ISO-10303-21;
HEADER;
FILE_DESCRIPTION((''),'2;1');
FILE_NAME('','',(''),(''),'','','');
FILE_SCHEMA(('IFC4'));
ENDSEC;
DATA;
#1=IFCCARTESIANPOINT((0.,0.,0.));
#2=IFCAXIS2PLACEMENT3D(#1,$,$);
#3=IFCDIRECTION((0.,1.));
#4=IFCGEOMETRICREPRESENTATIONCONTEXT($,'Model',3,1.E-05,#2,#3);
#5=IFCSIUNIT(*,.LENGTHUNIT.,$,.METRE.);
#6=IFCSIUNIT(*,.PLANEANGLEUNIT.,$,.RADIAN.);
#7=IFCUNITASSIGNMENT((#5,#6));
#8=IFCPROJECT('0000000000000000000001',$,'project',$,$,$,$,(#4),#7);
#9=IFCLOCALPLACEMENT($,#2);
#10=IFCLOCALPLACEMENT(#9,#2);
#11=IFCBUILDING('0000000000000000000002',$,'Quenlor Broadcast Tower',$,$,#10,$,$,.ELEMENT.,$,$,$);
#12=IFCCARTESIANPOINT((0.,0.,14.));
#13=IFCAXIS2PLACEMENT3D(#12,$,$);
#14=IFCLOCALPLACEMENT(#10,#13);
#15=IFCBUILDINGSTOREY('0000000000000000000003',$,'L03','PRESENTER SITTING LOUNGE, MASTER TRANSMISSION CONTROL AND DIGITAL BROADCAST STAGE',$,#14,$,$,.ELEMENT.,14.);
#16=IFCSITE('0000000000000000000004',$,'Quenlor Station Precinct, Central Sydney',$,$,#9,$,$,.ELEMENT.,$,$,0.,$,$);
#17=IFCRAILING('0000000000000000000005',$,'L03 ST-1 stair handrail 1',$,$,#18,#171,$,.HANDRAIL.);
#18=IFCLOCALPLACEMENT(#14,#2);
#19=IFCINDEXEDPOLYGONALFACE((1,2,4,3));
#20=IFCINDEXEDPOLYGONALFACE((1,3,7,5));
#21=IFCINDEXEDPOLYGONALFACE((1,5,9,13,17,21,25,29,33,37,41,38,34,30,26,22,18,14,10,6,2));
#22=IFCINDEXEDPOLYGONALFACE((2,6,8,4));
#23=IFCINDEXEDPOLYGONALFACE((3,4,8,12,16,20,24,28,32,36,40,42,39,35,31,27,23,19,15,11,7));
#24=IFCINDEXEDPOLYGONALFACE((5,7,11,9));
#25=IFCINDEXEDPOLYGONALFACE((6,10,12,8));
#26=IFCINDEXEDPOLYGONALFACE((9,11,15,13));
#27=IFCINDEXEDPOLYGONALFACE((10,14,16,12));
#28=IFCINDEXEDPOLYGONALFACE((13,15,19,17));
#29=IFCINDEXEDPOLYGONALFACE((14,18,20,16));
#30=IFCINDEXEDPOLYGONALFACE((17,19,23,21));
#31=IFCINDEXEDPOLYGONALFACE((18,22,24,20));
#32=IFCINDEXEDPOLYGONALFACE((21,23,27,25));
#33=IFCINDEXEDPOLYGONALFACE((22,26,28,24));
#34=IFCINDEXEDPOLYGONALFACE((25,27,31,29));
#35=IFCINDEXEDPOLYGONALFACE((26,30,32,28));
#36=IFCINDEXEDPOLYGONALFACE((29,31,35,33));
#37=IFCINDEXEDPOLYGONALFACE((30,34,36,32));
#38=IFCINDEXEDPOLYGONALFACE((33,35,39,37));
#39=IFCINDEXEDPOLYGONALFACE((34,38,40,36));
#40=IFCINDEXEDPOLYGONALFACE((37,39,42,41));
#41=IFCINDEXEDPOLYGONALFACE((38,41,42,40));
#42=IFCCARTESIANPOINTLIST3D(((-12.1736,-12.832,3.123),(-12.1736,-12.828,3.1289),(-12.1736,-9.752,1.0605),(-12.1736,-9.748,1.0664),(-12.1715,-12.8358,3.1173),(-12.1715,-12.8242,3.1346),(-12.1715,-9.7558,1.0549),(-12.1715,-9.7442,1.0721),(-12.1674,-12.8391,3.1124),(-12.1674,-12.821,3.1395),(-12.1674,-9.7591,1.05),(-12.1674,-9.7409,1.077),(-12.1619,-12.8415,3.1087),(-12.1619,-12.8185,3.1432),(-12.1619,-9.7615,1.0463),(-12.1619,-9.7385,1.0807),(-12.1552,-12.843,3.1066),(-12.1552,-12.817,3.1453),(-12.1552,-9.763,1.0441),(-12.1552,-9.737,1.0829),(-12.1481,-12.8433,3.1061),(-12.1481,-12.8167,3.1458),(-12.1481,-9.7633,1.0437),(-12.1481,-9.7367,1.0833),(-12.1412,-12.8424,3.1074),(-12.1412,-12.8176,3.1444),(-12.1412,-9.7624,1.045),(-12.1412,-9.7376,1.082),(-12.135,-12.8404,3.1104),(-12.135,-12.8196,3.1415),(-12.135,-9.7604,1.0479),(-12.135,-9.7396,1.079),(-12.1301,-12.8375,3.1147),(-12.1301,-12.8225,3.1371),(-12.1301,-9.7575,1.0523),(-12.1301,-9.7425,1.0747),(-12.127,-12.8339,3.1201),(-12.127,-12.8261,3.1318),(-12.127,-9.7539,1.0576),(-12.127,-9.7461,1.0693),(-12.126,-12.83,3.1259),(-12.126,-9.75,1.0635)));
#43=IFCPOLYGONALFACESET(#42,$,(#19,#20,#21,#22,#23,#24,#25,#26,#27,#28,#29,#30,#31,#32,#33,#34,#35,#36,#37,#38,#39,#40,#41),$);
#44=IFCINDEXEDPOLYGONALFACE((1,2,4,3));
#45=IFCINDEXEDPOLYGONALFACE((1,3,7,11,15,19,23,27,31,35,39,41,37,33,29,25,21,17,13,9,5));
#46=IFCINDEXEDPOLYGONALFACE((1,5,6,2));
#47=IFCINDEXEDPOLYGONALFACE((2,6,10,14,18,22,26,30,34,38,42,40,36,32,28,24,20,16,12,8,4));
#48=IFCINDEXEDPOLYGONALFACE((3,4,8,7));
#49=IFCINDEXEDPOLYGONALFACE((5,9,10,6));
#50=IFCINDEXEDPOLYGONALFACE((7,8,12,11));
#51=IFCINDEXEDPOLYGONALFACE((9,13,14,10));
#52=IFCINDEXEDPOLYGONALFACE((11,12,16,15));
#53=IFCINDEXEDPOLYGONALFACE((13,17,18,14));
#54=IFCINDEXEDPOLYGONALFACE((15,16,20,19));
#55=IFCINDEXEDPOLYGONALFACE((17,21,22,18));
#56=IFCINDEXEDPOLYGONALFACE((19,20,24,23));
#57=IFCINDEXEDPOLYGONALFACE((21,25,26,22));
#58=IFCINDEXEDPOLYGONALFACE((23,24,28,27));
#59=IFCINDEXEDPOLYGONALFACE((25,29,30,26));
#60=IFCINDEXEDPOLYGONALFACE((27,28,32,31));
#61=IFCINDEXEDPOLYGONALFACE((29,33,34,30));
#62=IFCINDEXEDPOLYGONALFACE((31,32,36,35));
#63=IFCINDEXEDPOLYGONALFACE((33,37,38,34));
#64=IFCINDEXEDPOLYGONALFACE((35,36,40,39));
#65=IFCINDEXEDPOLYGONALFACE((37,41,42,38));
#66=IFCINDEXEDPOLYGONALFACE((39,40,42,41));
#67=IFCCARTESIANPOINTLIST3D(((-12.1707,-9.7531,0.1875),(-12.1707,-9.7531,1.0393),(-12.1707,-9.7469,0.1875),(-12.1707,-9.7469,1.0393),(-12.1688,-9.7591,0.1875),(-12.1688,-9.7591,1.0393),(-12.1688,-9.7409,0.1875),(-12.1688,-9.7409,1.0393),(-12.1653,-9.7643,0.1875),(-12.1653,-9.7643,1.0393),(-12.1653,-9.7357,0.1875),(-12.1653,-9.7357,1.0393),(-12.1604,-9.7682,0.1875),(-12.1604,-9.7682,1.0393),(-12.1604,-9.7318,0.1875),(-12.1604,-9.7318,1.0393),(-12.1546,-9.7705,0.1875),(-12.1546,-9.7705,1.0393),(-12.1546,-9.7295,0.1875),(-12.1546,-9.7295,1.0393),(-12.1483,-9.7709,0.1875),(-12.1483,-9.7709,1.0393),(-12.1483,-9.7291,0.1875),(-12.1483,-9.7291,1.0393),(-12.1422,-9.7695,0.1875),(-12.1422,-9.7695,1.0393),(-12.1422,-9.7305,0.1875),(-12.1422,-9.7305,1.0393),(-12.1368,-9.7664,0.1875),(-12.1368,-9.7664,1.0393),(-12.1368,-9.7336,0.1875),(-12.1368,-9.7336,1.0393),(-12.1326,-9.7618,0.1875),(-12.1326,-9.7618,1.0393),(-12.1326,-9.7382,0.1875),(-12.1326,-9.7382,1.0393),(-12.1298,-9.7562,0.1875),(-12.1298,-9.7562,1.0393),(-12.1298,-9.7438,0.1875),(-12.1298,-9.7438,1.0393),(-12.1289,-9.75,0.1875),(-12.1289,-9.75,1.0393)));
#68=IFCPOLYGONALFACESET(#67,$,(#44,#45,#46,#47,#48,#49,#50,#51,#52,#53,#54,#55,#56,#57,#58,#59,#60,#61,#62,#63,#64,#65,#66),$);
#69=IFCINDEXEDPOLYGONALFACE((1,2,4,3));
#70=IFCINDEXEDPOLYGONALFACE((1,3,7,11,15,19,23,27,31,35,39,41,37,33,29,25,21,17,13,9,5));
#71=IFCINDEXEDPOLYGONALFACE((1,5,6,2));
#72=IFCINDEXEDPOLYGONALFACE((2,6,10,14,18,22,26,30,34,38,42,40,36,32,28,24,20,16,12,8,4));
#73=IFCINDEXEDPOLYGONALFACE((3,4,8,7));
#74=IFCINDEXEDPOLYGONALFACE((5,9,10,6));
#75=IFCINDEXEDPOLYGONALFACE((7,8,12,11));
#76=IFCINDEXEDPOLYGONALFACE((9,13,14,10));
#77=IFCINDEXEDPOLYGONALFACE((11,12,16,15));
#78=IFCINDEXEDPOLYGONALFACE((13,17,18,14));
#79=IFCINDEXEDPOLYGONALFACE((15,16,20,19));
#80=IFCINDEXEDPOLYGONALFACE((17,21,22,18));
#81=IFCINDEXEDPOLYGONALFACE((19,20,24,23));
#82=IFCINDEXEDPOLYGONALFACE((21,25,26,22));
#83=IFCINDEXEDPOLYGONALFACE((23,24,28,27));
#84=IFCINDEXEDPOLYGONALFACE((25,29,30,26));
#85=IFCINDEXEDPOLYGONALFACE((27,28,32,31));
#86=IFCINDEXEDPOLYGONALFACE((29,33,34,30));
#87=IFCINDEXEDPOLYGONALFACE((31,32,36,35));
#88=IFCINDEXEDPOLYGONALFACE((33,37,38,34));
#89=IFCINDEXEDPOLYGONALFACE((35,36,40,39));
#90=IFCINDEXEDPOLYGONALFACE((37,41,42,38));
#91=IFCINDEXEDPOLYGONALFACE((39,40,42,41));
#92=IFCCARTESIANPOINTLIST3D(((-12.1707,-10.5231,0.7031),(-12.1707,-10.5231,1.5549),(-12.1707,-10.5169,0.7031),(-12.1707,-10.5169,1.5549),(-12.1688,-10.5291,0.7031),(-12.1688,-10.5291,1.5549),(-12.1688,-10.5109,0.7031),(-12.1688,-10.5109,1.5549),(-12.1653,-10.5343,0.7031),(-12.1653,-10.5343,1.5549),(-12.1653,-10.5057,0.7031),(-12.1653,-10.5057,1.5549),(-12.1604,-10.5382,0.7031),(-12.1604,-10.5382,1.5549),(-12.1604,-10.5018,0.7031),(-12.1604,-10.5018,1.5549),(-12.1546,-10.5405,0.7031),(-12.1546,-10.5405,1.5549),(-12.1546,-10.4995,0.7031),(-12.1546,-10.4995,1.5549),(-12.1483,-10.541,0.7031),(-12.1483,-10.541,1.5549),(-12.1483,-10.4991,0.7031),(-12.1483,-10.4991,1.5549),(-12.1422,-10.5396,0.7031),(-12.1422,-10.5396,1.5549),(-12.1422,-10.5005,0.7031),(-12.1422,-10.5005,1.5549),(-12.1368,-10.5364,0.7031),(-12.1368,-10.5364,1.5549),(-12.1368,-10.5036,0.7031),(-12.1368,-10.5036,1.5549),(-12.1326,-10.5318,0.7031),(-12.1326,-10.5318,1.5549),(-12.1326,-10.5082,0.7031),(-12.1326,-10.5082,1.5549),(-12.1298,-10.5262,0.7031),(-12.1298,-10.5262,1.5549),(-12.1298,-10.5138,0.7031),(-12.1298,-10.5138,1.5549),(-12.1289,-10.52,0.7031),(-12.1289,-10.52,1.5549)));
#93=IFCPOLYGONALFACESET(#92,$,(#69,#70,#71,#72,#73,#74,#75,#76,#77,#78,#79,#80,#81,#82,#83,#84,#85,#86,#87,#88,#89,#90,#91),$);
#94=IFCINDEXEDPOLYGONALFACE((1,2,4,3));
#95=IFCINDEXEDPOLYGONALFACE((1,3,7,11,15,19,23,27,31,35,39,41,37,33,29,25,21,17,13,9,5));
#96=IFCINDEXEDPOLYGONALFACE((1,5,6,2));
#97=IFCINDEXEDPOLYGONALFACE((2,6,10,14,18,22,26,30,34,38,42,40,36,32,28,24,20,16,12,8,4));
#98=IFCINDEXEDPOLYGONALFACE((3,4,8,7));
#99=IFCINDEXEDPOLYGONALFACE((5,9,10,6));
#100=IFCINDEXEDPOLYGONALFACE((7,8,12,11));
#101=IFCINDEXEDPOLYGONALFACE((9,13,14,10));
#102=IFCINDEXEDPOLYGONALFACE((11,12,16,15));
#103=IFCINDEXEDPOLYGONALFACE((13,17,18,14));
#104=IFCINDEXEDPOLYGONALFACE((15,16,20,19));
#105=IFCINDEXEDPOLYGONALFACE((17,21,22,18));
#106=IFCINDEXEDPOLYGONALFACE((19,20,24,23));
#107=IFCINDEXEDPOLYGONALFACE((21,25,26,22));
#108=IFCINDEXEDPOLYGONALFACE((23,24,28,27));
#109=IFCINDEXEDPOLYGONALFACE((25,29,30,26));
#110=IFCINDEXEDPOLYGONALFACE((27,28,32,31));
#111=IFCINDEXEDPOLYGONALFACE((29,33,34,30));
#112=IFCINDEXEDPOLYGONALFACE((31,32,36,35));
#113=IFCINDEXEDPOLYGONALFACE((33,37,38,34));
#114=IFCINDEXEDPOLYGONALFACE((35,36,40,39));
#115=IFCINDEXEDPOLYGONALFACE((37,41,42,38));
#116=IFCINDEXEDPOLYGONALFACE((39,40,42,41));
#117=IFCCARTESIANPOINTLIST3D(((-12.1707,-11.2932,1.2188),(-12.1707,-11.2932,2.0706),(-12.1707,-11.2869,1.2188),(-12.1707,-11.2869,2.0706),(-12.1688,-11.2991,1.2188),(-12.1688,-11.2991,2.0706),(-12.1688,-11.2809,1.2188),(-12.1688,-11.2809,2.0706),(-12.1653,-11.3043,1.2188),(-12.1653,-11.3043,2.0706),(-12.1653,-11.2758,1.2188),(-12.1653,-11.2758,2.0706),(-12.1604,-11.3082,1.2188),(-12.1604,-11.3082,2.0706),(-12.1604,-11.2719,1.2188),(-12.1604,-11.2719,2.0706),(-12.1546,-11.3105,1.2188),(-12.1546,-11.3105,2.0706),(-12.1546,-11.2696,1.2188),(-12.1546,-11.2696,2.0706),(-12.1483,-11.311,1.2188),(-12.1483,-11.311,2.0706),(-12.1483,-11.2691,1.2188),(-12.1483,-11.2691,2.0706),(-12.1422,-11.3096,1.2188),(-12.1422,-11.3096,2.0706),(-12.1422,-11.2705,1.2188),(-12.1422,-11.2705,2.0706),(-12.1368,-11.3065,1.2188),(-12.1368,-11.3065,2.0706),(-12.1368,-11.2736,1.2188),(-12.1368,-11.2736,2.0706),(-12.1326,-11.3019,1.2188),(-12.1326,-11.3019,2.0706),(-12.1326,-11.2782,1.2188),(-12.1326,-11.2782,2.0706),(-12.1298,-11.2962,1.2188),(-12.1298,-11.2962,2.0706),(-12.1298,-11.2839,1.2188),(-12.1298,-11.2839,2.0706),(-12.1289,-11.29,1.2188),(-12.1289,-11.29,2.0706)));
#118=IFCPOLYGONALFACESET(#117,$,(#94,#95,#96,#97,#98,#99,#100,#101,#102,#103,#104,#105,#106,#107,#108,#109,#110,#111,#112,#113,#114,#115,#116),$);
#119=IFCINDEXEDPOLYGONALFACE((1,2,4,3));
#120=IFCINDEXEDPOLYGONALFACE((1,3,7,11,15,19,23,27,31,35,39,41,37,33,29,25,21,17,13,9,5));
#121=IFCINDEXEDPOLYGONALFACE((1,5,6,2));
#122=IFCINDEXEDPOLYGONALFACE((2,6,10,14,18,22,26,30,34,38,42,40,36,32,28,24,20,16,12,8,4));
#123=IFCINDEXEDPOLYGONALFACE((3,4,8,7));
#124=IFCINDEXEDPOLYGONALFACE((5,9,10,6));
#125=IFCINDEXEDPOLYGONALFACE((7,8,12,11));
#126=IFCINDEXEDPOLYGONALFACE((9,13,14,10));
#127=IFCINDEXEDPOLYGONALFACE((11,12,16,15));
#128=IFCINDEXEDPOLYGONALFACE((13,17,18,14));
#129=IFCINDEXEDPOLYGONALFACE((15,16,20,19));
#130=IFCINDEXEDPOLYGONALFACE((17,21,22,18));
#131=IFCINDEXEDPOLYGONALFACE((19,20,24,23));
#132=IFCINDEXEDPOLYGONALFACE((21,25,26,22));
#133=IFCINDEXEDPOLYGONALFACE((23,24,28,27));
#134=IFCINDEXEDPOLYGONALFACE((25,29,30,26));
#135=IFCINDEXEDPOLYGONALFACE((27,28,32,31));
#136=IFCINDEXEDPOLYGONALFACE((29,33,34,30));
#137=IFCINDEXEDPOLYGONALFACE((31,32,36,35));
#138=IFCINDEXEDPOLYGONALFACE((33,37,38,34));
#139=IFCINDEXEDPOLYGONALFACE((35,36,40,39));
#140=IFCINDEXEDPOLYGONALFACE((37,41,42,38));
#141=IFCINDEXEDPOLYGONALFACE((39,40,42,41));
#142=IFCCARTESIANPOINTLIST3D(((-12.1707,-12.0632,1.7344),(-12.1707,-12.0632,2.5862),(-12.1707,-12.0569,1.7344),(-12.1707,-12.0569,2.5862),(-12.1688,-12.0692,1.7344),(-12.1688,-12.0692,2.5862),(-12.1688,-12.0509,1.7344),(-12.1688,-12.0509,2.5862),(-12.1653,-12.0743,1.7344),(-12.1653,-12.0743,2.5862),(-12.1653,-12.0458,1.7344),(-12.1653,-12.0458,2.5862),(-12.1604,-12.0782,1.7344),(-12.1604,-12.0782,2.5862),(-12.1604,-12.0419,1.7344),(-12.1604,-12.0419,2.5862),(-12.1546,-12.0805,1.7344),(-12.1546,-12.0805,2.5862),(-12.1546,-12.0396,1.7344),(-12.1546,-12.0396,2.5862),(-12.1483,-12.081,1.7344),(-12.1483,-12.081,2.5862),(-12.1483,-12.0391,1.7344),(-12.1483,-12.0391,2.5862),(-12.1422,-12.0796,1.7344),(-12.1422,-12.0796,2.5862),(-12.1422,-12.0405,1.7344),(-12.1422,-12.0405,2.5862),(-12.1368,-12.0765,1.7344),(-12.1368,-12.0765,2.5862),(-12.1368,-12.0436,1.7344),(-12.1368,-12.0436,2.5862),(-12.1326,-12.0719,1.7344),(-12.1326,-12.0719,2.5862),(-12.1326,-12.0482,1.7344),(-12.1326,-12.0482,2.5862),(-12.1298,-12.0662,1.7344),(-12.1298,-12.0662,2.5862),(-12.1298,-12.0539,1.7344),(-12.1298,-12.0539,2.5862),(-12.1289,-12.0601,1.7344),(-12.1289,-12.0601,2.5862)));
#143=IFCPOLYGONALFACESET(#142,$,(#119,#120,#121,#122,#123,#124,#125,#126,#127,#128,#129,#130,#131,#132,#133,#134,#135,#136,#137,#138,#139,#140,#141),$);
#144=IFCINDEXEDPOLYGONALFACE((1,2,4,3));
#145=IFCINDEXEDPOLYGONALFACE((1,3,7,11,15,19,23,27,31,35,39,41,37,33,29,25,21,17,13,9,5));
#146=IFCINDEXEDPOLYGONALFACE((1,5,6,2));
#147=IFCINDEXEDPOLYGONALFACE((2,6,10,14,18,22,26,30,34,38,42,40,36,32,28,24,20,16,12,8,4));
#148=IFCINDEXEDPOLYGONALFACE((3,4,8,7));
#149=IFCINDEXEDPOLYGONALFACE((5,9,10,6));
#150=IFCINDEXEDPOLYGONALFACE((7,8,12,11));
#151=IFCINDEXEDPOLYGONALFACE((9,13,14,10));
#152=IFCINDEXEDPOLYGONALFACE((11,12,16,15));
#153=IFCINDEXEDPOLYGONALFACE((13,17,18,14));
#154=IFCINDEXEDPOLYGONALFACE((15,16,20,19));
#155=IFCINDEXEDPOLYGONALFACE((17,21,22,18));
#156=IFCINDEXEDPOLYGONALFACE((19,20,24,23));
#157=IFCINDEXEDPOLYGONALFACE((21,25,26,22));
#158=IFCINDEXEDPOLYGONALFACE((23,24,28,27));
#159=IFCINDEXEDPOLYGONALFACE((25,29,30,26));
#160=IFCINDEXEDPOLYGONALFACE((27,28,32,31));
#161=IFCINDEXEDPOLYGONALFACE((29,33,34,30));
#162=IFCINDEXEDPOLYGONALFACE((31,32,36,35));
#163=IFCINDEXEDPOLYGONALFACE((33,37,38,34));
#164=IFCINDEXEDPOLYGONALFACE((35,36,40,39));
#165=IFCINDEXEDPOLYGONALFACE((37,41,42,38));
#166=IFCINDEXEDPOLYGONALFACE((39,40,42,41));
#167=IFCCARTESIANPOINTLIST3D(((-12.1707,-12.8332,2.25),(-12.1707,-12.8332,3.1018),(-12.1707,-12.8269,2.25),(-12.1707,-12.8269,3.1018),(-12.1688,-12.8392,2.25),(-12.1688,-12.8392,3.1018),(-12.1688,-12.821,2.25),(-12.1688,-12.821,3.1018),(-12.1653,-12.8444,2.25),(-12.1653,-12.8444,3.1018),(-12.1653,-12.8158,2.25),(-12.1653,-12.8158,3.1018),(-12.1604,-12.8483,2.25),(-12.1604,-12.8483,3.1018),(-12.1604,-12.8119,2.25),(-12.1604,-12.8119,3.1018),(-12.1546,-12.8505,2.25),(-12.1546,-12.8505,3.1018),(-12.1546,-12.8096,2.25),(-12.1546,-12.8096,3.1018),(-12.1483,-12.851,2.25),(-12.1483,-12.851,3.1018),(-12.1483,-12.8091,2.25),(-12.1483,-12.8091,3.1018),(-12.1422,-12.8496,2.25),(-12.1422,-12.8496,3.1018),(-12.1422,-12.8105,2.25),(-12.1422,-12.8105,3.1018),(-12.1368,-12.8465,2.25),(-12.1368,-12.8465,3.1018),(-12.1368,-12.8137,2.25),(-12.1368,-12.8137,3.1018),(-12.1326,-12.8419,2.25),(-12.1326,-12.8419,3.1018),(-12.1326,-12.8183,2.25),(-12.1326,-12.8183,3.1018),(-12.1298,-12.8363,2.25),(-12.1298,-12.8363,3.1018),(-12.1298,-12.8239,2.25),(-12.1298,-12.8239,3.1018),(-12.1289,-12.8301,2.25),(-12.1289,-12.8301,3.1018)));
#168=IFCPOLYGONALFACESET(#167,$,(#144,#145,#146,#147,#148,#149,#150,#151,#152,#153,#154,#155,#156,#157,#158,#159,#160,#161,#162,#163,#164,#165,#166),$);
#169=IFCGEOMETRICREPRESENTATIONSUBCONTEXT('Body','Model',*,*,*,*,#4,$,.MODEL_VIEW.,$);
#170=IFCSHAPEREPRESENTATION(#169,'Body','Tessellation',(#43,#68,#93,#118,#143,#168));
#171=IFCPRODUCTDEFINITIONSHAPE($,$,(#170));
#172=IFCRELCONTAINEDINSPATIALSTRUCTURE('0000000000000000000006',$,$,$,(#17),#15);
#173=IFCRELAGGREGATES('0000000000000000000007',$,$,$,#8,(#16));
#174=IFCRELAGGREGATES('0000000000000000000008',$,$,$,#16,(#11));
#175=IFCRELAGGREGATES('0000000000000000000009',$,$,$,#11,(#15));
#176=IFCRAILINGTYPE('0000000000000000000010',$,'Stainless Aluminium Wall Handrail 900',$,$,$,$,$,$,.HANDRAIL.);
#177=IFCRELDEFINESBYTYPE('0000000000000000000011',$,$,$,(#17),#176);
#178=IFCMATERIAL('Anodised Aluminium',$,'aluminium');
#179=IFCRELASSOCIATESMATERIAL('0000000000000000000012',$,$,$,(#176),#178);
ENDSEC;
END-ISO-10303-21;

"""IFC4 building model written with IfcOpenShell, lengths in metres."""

from ifc_helpers import new_model, si_unit, direction, frame, origin, origin_2d, place, context, subcontext, project, spatial, circle, extrude, material, type_object, element, save


model = new_model("IFC4")

# Units and contexts
model_context = context("Model", 3, precision=1e-05, world=origin(), true_north=direction((0.0, 1.0)))
body_context = subcontext(model_context, "Body", "Model", "MODEL_VIEW")
ifc_project = project(units=[si_unit("LENGTHUNIT", "METRE"), si_unit("PLANEANGLEUNIT", "RADIAN")], contexts=[model_context])

# Site, building, storey
site_placement = place(None, origin())
site = spatial("IfcSite", under=ifc_project, at=site_placement, Name="Quenlor Station Precinct, Central Sydney", CompositionType="ELEMENT", RefElevation=0.0)
building_placement = place(site_placement, origin())
building = spatial("IfcBuilding", under=site, at=building_placement, Name="Quenlor Broadcast Tower", CompositionType="ELEMENT")
storey_placement = place(building_placement, frame((0.0, 0.0, 14.0)))
storey = spatial("IfcBuildingStorey", under=building, at=storey_placement, Name="L03", Description="PRESENTER SITTING LOUNGE, MASTER TRANSMISSION CONTROL AND DIGITAL BROADCAST STAGE", CompositionType="ELEMENT", Elevation=14.0)

# Railing
ifc_material_1 = material(Name="Anodised Aluminium", Category="aluminium")
railing_type_1 = type_object("IfcRailingType", Name="Stainless Aluminium Wall Handrail 900", PredefinedType="HANDRAIL", material=ifc_material_1)
railing_1_placement = place(storey_placement, frame((-12.1499, -9.75, 0.1875)))
element("IfcRailing", 1, at=railing_1_placement, inside=storey, type_object=railing_type_1, Name="L03 ST-1 stair handrail 1", PredefinedType="HANDRAIL", context=body_context, shape_type="SweptSolid", body=[
    extrude(circle(Radius=0.0239, at=origin_2d()), frame((0.0, 0.0, 0.876), z_axis=(0.0, -0.830914, 0.556401), x_axis=(1.0, 0.0, 0.0)), (0.0, 0.0, 1.0), 3.7068),
    extrude(circle(Radius=0.021, at=origin_2d()), origin(), (0.0, 0.0, 1.0), 0.8518),
    extrude(circle(Radius=0.021, at=origin_2d()), frame((0.0, -0.77, 0.5156)), (0.0, 0.0, 1.0), 0.8518),
    extrude(circle(Radius=0.021, at=origin_2d()), frame((0.0, -1.54, 1.0312)), (0.0, 0.0, 1.0), 0.8518),
    extrude(circle(Radius=0.021, at=origin_2d()), frame((0.0, -2.3101, 1.5469)), (0.0, 0.0, 1.0), 0.8518),
    extrude(circle(Radius=0.021, at=origin_2d()), frame((0.0, -3.0801, 2.0625)), (0.0, 0.0, 1.0), 0.8518),
])

save(model, "model.ifc")
